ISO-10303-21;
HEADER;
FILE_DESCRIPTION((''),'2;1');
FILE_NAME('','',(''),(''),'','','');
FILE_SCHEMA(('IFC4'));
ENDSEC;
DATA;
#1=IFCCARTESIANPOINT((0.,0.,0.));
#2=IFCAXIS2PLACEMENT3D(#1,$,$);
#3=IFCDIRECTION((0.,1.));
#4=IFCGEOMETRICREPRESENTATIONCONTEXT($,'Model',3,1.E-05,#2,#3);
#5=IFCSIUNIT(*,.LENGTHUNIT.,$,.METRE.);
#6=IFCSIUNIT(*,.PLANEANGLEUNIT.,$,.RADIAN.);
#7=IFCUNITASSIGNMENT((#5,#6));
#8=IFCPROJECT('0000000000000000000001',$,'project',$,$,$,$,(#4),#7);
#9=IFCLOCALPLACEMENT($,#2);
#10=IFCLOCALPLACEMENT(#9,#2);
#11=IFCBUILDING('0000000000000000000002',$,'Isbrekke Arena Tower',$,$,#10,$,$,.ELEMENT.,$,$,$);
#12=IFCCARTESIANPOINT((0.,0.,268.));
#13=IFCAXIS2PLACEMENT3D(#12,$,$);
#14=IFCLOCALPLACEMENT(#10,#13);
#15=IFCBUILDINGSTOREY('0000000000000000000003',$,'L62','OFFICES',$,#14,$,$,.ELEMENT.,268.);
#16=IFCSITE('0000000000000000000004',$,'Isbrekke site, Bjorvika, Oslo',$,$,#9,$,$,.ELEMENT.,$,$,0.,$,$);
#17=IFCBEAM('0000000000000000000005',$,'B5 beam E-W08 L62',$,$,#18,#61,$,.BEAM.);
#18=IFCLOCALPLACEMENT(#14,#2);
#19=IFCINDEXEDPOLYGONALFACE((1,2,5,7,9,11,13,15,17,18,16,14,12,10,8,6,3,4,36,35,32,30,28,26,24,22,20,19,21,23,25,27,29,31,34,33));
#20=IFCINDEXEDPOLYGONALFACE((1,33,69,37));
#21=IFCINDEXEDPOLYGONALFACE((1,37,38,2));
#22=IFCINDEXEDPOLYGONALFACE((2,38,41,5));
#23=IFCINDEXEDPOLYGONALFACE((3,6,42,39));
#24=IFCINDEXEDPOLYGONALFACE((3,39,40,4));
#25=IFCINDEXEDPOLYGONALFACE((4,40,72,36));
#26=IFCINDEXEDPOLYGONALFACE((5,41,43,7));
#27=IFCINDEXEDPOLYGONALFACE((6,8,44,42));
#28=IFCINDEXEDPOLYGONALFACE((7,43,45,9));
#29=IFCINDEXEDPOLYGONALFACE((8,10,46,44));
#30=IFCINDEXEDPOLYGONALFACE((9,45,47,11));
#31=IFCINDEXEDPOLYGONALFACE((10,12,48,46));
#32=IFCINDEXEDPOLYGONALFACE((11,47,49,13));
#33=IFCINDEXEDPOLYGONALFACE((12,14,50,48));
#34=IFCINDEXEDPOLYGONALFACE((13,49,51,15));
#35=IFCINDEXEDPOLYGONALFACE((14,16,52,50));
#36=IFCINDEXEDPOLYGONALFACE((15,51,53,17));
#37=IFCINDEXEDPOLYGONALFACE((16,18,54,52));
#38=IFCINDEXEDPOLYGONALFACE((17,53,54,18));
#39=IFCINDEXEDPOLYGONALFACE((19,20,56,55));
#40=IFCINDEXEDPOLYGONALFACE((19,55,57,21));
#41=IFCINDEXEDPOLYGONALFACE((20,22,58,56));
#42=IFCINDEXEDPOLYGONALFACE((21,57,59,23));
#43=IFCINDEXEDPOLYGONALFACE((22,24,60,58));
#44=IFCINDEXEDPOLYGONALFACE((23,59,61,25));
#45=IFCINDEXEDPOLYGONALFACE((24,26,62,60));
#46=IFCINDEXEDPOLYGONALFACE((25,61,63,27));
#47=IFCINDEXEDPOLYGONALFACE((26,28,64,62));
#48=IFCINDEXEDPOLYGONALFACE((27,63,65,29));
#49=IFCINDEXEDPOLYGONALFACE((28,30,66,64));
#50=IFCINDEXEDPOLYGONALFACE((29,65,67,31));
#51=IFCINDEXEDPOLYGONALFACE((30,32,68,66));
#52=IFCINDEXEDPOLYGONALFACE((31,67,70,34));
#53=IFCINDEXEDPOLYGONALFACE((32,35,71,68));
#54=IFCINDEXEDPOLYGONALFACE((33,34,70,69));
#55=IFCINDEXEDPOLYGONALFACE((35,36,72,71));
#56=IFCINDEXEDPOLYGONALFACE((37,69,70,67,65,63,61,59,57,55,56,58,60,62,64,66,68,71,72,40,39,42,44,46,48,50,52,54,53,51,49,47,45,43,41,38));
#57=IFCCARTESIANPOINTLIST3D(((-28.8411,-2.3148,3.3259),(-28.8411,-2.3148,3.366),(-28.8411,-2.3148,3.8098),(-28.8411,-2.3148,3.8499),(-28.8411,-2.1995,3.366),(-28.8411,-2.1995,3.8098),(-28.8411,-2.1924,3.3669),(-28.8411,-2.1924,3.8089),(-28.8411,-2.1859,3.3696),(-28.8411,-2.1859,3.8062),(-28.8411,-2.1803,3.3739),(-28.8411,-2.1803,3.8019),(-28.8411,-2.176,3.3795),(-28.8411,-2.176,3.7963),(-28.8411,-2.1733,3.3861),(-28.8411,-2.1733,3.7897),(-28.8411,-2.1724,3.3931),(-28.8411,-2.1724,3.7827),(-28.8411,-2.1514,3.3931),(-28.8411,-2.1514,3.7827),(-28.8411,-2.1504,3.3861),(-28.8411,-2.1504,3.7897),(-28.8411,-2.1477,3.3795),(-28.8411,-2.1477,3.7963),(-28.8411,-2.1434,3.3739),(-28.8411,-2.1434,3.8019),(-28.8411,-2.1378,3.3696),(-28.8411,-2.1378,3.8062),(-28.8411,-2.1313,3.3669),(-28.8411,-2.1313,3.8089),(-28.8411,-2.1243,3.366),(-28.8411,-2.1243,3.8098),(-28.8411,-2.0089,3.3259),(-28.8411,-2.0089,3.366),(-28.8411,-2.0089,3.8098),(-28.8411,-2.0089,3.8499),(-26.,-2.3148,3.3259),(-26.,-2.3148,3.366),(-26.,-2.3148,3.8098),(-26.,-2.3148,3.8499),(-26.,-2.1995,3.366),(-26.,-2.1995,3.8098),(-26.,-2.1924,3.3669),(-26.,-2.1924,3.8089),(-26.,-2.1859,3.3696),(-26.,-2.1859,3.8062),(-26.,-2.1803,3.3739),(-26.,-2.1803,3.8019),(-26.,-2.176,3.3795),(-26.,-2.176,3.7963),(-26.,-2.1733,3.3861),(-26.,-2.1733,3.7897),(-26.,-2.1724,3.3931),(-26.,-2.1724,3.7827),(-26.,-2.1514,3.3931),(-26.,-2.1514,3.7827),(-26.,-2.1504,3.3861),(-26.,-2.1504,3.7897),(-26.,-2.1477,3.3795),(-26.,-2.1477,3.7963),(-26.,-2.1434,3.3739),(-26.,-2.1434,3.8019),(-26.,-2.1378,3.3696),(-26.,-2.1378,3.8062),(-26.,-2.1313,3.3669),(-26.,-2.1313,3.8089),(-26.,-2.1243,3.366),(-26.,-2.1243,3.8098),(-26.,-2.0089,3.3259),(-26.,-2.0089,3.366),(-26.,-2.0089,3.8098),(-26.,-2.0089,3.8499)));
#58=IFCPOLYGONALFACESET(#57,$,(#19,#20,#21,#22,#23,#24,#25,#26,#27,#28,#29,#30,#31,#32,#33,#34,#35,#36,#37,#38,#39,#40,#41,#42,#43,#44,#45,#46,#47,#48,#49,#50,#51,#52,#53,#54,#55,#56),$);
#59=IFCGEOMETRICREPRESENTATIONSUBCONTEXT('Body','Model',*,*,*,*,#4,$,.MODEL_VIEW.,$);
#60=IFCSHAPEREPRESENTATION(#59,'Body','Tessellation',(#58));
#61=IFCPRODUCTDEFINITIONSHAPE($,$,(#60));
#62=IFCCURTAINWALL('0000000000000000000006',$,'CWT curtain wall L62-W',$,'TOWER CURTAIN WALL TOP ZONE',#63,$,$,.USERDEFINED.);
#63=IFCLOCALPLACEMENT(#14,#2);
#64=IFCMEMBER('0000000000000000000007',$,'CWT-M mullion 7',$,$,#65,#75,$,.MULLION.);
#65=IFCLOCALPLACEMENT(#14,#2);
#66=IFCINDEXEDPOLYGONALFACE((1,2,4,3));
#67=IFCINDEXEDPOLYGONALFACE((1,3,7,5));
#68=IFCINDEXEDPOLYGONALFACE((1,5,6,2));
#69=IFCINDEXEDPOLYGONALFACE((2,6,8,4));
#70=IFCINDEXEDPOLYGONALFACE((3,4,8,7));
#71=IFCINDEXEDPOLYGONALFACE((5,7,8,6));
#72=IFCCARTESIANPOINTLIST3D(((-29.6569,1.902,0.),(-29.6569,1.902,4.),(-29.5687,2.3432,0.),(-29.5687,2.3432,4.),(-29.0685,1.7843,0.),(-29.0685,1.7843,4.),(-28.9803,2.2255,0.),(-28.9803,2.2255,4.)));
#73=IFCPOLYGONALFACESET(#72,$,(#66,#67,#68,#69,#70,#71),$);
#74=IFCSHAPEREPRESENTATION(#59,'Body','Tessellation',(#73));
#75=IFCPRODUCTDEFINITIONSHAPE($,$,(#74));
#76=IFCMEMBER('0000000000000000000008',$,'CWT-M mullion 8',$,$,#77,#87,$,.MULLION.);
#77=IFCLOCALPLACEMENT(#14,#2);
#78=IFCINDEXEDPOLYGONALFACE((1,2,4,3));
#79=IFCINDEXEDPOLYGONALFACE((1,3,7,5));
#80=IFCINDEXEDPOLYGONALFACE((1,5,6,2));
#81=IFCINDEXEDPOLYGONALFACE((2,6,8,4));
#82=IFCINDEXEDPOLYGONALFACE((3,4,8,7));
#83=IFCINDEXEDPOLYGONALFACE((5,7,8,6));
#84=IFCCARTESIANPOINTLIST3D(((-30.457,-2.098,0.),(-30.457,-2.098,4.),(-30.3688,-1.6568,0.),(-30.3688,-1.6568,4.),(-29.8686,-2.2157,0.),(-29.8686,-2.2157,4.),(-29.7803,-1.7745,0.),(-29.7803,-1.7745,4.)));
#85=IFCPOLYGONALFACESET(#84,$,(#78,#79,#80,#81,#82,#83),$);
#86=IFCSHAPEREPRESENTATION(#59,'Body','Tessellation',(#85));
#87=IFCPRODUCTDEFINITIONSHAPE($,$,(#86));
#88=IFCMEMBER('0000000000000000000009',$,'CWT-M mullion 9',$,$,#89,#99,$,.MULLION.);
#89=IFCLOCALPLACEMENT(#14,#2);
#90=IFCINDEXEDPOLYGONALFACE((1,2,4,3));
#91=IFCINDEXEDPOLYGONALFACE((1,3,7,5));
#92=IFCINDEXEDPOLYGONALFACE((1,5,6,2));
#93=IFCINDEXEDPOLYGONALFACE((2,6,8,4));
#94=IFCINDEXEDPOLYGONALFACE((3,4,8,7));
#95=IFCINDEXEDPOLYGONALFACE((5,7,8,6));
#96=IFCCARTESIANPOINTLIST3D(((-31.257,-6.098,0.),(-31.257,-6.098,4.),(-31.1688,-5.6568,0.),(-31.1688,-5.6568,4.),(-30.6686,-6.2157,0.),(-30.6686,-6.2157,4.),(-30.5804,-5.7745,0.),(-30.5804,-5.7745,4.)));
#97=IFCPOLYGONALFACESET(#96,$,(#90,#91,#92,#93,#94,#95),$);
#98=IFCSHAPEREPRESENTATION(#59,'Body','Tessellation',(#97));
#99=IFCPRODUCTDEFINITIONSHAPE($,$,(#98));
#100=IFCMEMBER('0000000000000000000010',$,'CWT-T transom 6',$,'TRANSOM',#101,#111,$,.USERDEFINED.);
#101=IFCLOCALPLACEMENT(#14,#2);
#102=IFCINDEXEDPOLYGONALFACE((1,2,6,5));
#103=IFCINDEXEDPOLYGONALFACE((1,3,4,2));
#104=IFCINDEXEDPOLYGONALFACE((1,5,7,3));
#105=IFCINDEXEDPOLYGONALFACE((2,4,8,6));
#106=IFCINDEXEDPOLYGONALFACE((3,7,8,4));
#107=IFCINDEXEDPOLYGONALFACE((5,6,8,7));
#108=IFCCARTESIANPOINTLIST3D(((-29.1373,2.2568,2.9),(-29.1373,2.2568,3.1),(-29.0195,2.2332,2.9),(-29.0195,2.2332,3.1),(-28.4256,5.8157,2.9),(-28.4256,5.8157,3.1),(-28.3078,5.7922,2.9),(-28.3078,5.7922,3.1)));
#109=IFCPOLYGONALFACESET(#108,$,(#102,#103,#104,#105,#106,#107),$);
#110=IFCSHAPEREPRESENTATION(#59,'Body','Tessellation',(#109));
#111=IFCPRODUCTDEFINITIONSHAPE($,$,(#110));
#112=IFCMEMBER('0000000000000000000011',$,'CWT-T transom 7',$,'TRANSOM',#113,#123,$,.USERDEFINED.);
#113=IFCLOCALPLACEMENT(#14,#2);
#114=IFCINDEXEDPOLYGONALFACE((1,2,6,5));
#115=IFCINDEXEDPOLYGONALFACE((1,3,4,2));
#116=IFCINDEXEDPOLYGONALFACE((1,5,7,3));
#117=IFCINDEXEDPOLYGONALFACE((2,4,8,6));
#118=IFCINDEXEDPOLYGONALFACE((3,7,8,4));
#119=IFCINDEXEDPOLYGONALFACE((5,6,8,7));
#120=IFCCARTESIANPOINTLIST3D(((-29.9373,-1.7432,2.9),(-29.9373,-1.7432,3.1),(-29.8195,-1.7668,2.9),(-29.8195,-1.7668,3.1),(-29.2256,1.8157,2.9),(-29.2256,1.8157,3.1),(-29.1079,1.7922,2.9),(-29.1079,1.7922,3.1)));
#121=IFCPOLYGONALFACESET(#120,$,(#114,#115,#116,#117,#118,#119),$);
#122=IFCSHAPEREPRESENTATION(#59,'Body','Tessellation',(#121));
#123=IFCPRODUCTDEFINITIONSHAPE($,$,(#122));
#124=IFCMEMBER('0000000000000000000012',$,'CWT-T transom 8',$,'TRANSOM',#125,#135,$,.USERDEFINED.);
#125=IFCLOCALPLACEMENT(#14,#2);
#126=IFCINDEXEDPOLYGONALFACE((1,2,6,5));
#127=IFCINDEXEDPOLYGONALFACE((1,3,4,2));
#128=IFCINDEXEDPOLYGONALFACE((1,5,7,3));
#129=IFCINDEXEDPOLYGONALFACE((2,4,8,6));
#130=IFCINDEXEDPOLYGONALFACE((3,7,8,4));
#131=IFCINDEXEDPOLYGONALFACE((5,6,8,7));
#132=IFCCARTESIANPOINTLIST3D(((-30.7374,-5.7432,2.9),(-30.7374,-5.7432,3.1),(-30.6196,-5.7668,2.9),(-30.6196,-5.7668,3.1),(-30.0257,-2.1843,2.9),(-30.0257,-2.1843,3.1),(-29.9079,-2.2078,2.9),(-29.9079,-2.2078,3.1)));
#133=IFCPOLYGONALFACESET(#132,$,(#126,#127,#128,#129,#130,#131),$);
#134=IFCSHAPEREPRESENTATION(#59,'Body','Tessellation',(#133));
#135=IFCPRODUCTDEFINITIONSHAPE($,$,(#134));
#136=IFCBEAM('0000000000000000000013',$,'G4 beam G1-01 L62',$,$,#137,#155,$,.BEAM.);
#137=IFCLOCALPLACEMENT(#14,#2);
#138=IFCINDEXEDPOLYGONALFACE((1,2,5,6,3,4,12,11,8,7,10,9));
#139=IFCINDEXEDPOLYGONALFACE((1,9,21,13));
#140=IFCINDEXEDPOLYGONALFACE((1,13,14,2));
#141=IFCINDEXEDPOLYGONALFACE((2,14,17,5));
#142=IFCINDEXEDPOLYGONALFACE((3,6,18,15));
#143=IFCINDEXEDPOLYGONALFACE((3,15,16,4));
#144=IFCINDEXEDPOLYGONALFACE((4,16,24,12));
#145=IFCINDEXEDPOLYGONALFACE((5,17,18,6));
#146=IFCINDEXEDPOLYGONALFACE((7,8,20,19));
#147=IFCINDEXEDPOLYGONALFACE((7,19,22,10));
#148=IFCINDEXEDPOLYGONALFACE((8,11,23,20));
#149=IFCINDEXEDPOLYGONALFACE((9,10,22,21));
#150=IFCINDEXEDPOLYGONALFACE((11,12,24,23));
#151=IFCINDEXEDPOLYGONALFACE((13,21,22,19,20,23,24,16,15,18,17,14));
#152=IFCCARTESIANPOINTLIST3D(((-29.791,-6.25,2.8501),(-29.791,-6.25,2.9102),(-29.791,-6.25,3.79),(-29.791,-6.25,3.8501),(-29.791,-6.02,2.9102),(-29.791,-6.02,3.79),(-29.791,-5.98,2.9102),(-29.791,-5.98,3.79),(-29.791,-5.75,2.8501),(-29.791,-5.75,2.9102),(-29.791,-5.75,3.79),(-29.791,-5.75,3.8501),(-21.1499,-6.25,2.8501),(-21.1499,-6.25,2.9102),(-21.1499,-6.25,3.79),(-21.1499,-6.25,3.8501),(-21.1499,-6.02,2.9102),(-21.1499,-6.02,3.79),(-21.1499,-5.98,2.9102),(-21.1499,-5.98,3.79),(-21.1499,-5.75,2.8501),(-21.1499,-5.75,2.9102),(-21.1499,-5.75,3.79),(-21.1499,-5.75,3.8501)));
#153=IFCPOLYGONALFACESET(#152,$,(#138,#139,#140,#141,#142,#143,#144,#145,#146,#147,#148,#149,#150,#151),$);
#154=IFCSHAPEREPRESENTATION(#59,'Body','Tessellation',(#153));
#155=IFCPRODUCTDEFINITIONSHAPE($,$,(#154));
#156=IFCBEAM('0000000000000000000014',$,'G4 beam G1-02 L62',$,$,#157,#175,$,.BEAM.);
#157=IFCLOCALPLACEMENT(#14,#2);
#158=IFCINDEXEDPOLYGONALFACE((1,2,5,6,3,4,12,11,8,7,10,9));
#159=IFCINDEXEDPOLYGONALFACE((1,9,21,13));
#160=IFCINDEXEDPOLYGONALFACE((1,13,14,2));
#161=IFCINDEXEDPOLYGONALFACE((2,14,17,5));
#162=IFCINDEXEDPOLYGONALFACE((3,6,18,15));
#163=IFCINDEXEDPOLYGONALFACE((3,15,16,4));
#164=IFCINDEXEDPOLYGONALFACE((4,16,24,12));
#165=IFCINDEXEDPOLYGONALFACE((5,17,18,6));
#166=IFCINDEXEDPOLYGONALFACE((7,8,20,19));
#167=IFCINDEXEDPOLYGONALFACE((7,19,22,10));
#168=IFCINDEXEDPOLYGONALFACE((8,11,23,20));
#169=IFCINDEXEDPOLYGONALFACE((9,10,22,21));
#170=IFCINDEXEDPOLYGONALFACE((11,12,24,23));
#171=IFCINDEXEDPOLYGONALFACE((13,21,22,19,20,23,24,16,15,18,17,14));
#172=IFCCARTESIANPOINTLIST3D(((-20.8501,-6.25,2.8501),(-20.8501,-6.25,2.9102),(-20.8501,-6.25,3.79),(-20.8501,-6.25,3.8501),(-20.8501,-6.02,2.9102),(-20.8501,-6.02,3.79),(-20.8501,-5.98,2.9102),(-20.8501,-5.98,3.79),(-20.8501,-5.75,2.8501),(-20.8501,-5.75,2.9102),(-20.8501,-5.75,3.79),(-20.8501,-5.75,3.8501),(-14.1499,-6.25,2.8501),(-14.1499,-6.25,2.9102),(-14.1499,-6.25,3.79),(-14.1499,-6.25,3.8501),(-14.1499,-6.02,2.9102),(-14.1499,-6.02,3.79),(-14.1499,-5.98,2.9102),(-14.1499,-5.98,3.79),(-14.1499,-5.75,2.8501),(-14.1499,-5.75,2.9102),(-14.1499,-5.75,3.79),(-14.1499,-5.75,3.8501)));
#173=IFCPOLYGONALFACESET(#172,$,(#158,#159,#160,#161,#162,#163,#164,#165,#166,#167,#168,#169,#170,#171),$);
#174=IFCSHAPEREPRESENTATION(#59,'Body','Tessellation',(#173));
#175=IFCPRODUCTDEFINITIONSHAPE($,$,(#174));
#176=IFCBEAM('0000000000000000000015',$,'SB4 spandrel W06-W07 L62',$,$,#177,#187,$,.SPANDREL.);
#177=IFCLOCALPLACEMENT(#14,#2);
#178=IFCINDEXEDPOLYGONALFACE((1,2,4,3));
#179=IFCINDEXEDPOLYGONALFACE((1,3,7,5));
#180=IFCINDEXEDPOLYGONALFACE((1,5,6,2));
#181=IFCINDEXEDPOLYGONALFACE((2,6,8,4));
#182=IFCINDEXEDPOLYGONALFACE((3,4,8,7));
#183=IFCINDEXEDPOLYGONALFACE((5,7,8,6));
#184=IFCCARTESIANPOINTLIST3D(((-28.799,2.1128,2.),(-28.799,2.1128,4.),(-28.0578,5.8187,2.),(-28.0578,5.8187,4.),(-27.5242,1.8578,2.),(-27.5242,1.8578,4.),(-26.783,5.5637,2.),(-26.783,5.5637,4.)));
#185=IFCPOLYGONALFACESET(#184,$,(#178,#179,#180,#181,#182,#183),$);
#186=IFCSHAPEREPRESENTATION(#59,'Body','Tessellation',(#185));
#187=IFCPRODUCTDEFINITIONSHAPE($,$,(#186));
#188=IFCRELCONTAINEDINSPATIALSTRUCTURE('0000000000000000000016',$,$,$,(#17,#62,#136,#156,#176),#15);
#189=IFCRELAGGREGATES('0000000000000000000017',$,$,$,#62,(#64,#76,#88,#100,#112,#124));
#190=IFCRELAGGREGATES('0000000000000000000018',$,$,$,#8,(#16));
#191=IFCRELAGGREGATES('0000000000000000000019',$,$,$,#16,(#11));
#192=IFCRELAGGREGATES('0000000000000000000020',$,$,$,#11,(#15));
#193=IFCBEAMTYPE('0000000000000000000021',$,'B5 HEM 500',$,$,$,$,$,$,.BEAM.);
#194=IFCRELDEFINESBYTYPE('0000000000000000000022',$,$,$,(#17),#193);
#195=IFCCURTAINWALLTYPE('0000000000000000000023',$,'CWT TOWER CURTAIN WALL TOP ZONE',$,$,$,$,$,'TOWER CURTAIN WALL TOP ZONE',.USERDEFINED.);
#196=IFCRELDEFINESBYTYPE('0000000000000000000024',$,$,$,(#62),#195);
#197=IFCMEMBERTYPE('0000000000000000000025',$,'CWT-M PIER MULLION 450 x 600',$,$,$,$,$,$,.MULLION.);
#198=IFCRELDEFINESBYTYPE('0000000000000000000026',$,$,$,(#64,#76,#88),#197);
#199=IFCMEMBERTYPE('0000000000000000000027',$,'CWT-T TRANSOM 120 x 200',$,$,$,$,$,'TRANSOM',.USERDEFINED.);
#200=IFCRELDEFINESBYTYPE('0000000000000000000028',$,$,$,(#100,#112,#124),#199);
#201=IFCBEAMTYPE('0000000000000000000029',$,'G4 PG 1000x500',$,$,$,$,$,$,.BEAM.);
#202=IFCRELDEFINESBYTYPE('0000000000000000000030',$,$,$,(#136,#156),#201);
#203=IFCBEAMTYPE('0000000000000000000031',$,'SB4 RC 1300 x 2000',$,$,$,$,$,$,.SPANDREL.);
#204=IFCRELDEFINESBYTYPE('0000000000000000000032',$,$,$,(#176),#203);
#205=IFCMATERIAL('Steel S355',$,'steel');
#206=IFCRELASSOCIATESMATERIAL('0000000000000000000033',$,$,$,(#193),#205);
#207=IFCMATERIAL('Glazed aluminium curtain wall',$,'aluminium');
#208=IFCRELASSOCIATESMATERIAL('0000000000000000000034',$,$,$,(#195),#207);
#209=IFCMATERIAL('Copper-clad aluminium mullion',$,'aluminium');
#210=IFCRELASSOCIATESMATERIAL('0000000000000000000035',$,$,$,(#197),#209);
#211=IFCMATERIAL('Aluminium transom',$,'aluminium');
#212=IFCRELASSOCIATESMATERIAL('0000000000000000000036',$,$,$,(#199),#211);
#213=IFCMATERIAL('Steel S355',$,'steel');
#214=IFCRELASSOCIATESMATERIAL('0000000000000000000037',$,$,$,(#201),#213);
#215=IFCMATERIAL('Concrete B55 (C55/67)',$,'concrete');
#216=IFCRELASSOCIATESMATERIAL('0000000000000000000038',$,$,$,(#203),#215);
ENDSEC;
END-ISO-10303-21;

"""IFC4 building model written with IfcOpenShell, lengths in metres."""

from ifc_helpers import new_model, si_unit, direction, frame, origin, origin_2d, place, context, subcontext, project, spatial, rectangle, i_section, extrude, material, material_profile, profile_set, type_object, element, aggregate, save


model = new_model("IFC4")

# Units and contexts
model_context = context("Model", 3, precision=1e-05, world=origin(), true_north=direction((0.0, 1.0)))
body_context = subcontext(model_context, "Body", "Model", "MODEL_VIEW")
ifc_project = project(units=[si_unit("LENGTHUNIT", "METRE"), si_unit("PLANEANGLEUNIT", "RADIAN")], contexts=[model_context])

# Site, building, storey
site_placement = place(None, origin())
site = spatial("IfcSite", under=ifc_project, at=site_placement, Name="Isbrekke site, Bjorvika, Oslo", CompositionType="ELEMENT", RefElevation=0.0)
building_placement = place(site_placement, origin())
building = spatial("IfcBuilding", under=site, at=building_placement, Name="Isbrekke Arena Tower", CompositionType="ELEMENT")
storey_placement = place(building_placement, frame((0.0, 0.0, 268.0)))
storey = spatial("IfcBuildingStorey", under=building, at=storey_placement, Name="L62", Description="OFFICES", CompositionType="ELEMENT", Elevation=268.0)

# Beam
ifc_material_1 = material(Name="Steel S355", Category="steel")
ifc_material_profile_1 = material_profile(ifc_material_1, i_section(OverallWidth=0.3059, OverallDepth=0.5239, WebThickness=0.021, FlangeThickness=0.04, FilletRadius=0.0271, at=origin_2d()), Name="HEM 500")
ifc_profile_set_1 = profile_set([ifc_material_profile_1], Name="Steel S355")
beam_type_1 = type_object("IfcBeamType", Name="B5 HEM 500", PredefinedType="BEAM", material=ifc_profile_set_1)
beam_1_placement = place(storey_placement, frame((-28.8411, -2.1619, 3.5879), z_axis=(1.0, 0.0, 0.0), x_axis=(0.0, 1.0, 0.0)))
element("IfcBeam", 1, at=beam_1_placement, inside=storey, type_object=beam_type_1, Name="B5 beam E-W08 L62", PredefinedType="BEAM", context=body_context, shape_type="SweptSolid", body=[
    extrude(i_section(OverallWidth=0.3059, OverallDepth=0.5239, WebThickness=0.021, FlangeThickness=0.04, FilletRadius=0.0271, at=origin_2d()), origin(), (0.0, 0.0, 1.0), 2.8411),
])

# Curtain wall, members
ifc_material_2 = material(Name="Glazed aluminium curtain wall", Category="aluminium")
curtain_wall_type = type_object("IfcCurtainWallType", Name="CWT TOWER CURTAIN WALL TOP ZONE", ElementType="TOWER CURTAIN WALL TOP ZONE", PredefinedType="USERDEFINED", material=ifc_material_2)
curtain_wall_placement = place(storey_placement, origin())
curtain_wall = element("IfcCurtainWall", 2, at=curtain_wall_placement, inside=storey, type_object=curtain_wall_type, Name="CWT curtain wall L62-W", ObjectType="TOWER CURTAIN WALL TOP ZONE", PredefinedType="USERDEFINED")
ifc_material_3 = material(Name="Copper-clad aluminium mullion", Category="aluminium")
ifc_material_profile_2 = material_profile(ifc_material_3, rectangle(XDim=0.45, YDim=0.6001, at=origin_2d()), Name="PIER 450X600")
ifc_profile_set_2 = profile_set([ifc_material_profile_2], Name="Copper-clad aluminium mullion")
member_type_1 = type_object("IfcMemberType", Name="CWT-M PIER MULLION 450 x 600", PredefinedType="MULLION", material=ifc_profile_set_2)
member_1_placement = place(storey_placement, frame((-29.3186, 2.0637, 0.0), z_axis=(0.0, 0.0, 1.0), x_axis=(-0.196116, -0.980581, 0.0)))
member_1 = element("IfcMember", 3, at=member_1_placement, type_object=member_type_1, Name="CWT-M mullion 7", PredefinedType="MULLION", context=body_context, shape_type="SweptSolid", body=[
    extrude(rectangle(XDim=0.45, YDim=0.6001, at=origin_2d()), origin(), (0.0, 0.0, 1.0), 4.0),
])
member_2_placement = place(storey_placement, frame((-30.1187, -1.9363, 0.0), z_axis=(0.0, 0.0, 1.0), x_axis=(-0.196116, -0.980581, 0.0)))
member_2 = element("IfcMember", 4, at=member_2_placement, type_object=member_type_1, Name="CWT-M mullion 8", PredefinedType="MULLION", context=body_context, shape_type="SweptSolid", body=[
    extrude(rectangle(XDim=0.45, YDim=0.6001, at=origin_2d()), origin(), (0.0, 0.0, 1.0), 4.0),
])
member_3_placement = place(storey_placement, frame((-30.9187, -5.9363, 0.0), z_axis=(0.0, 0.0, 1.0), x_axis=(-0.196116, -0.980581, 0.0)))
member_3 = element("IfcMember", 5, at=member_3_placement, type_object=member_type_1, Name="CWT-M mullion 9", PredefinedType="MULLION", context=body_context, shape_type="SweptSolid", body=[
    extrude(rectangle(XDim=0.45, YDim=0.6001, at=origin_2d()), origin(), (0.0, 0.0, 1.0), 4.0),
])
ifc_material_4 = material(Name="Aluminium transom", Category="aluminium")
ifc_material_profile_3 = material_profile(ifc_material_4, rectangle(XDim=0.1201, YDim=0.2, at=origin_2d()), Name="TRANSOM 120X200")
ifc_profile_set_3 = profile_set([ifc_material_profile_3], Name="Aluminium transom")
member_type_2 = type_object("IfcMemberType", Name="CWT-T TRANSOM 120 x 200", ElementType="TRANSOM", PredefinedType="USERDEFINED", material=ifc_profile_set_3)
member_4_placement = place(storey_placement, frame((-28.3667, 5.804, 3.0), z_axis=(-0.19609, -0.980586, 0.0), x_axis=(0.980586, -0.19609, 0.0)))
member_4 = element("IfcMember", 6, at=member_4_placement, type_object=member_type_2, Name="CWT-T transom 6", ObjectType="TRANSOM", PredefinedType="USERDEFINED", context=body_context, shape_type="SweptSolid", body=[
    extrude(rectangle(XDim=0.1201, YDim=0.2, at=origin_2d()), origin(), (0.0, 0.0, 1.0), 3.6294),
])
member_5_placement = place(storey_placement, frame((-29.1667, 1.804, 3.0), z_axis=(-0.19609, -0.980586, 0.0), x_axis=(0.980586, -0.19609, 0.0)))
member_5 = element("IfcMember", 7, at=member_5_placement, type_object=member_type_2, Name="CWT-T transom 7", ObjectType="TRANSOM", PredefinedType="USERDEFINED", context=body_context, shape_type="SweptSolid", body=[
    extrude(rectangle(XDim=0.1201, YDim=0.2, at=origin_2d()), origin(), (0.0, 0.0, 1.0), 3.6294),
])
member_6_placement = place(storey_placement, frame((-29.9668, -2.196, 3.0), z_axis=(-0.19609, -0.980586, 0.0), x_axis=(0.980586, -0.19609, 0.0)))
member_6 = element("IfcMember", 8, at=member_6_placement, type_object=member_type_2, Name="CWT-T transom 8", ObjectType="TRANSOM", PredefinedType="USERDEFINED", context=body_context, shape_type="SweptSolid", body=[
    extrude(rectangle(XDim=0.1201, YDim=0.2, at=origin_2d()), origin(), (0.0, 0.0, 1.0), 3.6294),
])

# Beams
ifc_material_5 = material(Name="Steel S355", Category="steel")
ifc_material_profile_4 = material_profile(ifc_material_5, i_section(OverallWidth=0.5, OverallDepth=1.0, WebThickness=0.04, FlangeThickness=0.0601, at=origin_2d()), Name="PG 1000x500")
ifc_profile_set_4 = profile_set([ifc_material_profile_4], Name="Steel S355")
beam_type_2 = type_object("IfcBeamType", Name="G4 PG 1000x500", PredefinedType="BEAM", material=ifc_profile_set_4)
beam_2_placement = place(storey_placement, frame((-29.791, -6.0, 3.3501), z_axis=(1.0, 0.0, 0.0), x_axis=(0.0, 1.0, 0.0)))
element("IfcBeam", 9, at=beam_2_placement, inside=storey, type_object=beam_type_2, Name="G4 beam G1-01 L62", PredefinedType="BEAM", context=body_context, shape_type="SweptSolid", body=[
    extrude(i_section(OverallWidth=0.5, OverallDepth=1.0, WebThickness=0.04, FlangeThickness=0.0601, at=origin_2d()), origin(), (0.0, 0.0, 1.0), 8.6411),
])
beam_3_placement = place(storey_placement, frame((-20.8501, -6.0, 3.3501), z_axis=(1.0, 0.0, 0.0), x_axis=(0.0, 1.0, 0.0)))
element("IfcBeam", 10, at=beam_3_placement, inside=storey, type_object=beam_type_2, Name="G4 beam G1-02 L62", PredefinedType="BEAM", context=body_context, shape_type="SweptSolid", body=[
    extrude(i_section(OverallWidth=0.5, OverallDepth=1.0, WebThickness=0.04, FlangeThickness=0.0601, at=origin_2d()), origin(), (0.0, 0.0, 1.0), 6.7002),
])
ifc_material_6 = material(Name="Concrete B55 (C55/67)", Category="concrete")
ifc_material_profile_5 = material_profile(ifc_material_6, rectangle(XDim=1.3, YDim=2.0, at=origin_2d()), Name="RC 1300x2000")
ifc_profile_set_5 = profile_set([ifc_material_profile_5], Name="Concrete B55 (C55/67)")
beam_type_3 = type_object("IfcBeamType", Name="SB4 RC 1300 x 2000", PredefinedType="SPANDREL", material=ifc_profile_set_5)
for number, where, z_axis, x_axis, name in (
    (11, (-27.4204, 5.6912, 3.0), (-0.196129, -0.980578, 0.0), (0.980578, -0.196129, 0.0), "SB4 spandrel W06-W07 L62"),
):
    element("IfcBeam", number, at=place(storey_placement, frame(where, z_axis=z_axis, x_axis=x_axis)), inside=storey, type_object=beam_type_3, Name=name, PredefinedType="SPANDREL", context=body_context, shape_type="SweptSolid", body=[
        extrude(rectangle(XDim=1.3, YDim=2.0, at=origin_2d()), origin(), (0.0, 0.0, 1.0), 3.7793),
    ])

aggregate(curtain_wall, [member_1, member_2, member_3, member_4, member_5, member_6])

save(model, "model.ifc")
